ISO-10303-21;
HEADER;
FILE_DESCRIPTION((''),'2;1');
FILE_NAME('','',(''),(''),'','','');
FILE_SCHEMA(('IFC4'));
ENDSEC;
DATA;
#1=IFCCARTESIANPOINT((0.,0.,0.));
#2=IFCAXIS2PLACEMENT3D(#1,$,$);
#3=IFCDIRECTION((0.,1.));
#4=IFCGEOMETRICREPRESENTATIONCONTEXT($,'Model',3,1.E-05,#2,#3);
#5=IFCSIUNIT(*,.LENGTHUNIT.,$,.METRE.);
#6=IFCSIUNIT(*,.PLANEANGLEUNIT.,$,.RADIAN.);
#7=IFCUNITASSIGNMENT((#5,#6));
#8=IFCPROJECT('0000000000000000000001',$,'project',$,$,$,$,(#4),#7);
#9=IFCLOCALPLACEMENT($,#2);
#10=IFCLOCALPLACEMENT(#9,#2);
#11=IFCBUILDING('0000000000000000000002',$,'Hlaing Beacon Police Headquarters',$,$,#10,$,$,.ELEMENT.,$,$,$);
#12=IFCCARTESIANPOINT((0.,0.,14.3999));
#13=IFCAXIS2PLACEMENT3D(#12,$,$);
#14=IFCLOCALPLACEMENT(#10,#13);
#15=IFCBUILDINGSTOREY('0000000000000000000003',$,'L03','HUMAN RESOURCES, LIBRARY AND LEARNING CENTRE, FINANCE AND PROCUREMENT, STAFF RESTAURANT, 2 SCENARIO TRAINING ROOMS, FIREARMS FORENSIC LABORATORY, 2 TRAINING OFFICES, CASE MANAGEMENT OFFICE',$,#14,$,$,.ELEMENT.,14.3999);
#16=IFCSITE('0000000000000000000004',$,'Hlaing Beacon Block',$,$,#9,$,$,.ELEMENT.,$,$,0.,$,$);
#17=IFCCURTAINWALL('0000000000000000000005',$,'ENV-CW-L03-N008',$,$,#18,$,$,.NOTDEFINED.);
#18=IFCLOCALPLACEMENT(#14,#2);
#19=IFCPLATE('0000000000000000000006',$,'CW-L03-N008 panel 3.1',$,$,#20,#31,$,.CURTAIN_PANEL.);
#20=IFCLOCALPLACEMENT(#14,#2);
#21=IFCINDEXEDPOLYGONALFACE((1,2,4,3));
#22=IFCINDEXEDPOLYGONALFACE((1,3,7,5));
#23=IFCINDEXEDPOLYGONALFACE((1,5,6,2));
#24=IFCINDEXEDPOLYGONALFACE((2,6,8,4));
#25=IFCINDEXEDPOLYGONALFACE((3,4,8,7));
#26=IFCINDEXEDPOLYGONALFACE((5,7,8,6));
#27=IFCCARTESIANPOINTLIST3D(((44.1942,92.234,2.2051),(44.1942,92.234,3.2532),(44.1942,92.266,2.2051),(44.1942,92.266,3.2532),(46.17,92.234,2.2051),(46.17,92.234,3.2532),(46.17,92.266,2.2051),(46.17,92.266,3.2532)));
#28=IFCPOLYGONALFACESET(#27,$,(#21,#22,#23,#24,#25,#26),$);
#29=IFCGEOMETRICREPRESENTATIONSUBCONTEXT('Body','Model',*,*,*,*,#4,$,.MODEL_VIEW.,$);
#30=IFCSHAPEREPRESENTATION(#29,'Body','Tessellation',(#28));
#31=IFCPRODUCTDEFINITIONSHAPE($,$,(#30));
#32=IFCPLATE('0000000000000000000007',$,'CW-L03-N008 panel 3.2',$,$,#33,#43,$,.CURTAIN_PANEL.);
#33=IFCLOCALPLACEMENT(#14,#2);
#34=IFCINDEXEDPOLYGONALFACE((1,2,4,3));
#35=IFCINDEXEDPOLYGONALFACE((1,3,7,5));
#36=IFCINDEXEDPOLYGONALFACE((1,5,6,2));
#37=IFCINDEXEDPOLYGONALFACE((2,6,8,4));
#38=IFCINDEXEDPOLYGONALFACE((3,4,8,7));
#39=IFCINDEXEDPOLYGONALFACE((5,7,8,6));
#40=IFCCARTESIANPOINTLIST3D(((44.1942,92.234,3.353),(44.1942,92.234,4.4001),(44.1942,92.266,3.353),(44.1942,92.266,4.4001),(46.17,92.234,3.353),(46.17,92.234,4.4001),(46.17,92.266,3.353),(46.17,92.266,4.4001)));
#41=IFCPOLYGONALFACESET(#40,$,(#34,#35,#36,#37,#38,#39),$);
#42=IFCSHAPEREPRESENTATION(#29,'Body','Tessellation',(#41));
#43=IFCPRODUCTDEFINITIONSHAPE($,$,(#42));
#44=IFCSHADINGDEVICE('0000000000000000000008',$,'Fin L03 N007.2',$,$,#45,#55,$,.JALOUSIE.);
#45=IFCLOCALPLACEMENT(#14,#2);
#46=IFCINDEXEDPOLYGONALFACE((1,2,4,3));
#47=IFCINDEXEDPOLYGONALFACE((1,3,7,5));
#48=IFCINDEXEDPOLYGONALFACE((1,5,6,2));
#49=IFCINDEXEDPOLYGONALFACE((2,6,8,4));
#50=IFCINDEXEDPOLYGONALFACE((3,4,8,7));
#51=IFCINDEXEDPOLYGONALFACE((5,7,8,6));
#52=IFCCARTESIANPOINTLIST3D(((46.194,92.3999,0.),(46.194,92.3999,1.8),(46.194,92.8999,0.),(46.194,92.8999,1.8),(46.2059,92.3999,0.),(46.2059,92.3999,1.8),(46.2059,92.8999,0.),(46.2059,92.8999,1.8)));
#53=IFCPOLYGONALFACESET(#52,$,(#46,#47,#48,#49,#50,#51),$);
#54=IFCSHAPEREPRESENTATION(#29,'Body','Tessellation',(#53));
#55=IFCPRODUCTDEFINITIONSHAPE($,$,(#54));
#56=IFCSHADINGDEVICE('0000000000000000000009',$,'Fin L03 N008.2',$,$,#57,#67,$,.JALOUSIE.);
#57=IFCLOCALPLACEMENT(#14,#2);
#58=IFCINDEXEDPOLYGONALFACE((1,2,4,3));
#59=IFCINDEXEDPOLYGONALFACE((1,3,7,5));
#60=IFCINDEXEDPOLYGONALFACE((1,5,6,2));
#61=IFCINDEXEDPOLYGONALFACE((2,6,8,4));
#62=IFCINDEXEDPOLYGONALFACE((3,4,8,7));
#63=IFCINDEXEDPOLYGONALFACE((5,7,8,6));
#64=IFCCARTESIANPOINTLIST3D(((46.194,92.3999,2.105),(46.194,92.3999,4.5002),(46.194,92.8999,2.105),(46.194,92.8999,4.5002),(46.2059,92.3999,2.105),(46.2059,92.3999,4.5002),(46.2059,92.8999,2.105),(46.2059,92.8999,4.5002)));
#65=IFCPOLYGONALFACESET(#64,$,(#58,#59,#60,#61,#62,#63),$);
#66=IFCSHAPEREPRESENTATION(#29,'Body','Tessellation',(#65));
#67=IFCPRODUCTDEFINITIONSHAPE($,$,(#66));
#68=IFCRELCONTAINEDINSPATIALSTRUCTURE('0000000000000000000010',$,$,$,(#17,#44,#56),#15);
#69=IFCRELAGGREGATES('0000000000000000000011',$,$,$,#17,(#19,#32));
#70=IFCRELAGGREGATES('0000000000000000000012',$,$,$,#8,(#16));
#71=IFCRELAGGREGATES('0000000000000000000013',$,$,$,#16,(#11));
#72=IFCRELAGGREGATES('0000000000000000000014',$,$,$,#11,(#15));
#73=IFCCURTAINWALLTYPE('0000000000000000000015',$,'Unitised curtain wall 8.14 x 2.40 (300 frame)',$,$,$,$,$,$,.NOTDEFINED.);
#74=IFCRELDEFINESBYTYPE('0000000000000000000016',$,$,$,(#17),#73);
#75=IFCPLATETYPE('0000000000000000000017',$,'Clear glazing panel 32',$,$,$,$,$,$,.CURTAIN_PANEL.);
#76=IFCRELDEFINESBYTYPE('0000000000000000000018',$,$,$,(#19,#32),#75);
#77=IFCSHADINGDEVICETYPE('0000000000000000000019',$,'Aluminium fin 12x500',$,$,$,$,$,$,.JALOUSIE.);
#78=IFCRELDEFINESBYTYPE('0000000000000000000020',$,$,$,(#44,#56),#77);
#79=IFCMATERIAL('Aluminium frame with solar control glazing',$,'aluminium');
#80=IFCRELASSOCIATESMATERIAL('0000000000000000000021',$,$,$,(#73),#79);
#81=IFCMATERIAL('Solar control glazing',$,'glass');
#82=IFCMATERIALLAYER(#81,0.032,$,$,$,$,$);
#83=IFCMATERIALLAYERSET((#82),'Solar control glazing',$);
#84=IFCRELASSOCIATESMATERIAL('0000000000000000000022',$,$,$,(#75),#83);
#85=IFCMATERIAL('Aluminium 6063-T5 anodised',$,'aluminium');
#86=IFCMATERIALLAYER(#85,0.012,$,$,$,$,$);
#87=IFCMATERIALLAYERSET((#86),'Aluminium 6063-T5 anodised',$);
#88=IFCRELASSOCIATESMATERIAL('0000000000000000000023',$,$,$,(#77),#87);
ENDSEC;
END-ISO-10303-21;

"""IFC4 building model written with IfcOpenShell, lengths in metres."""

from ifc_helpers import new_model, si_unit, direction, frame, origin, origin_2d, place, context, subcontext, project, spatial, rectangle, extrude, material, layer, layer_set, type_object, element, aggregate, save


model = new_model("IFC4")

# Units and contexts
model_context = context("Model", 3, precision=1e-05, world=origin(), true_north=direction((0.0, 1.0)))
body_context = subcontext(model_context, "Body", "Model", "MODEL_VIEW")
ifc_project = project(units=[si_unit("LENGTHUNIT", "METRE"), si_unit("PLANEANGLEUNIT", "RADIAN")], contexts=[model_context])

# Site, building, storey
site_placement = place(None, origin())
site = spatial("IfcSite", under=ifc_project, at=site_placement, Name="Hlaing Beacon Block", CompositionType="ELEMENT", RefElevation=0.0)
building_placement = place(site_placement, origin())
building = spatial("IfcBuilding", under=site, at=building_placement, Name="Hlaing Beacon Police Headquarters", CompositionType="ELEMENT")
storey_placement = place(building_placement, frame((0.0, 0.0, 14.3999)))
storey = spatial("IfcBuildingStorey", under=building, at=storey_placement, Name="L03", Description="HUMAN RESOURCES, LIBRARY AND LEARNING CENTRE, FINANCE AND PROCUREMENT, STAFF RESTAURANT, 2 SCENARIO TRAINING ROOMS, FIREARMS FORENSIC LABORATORY, 2 TRAINING OFFICES, CASE MANAGEMENT OFFICE", CompositionType="ELEMENT", Elevation=14.3999)

# Curtain wall
ifc_material_1 = material(Name="Aluminium frame with solar control glazing", Category="aluminium")
curtain_wall_type_1 = type_object("IfcCurtainWallType", Name="Unitised curtain wall 8.14 x 2.40 (300 frame)", PredefinedType="NOTDEFINED", material=ifc_material_1)
curtain_wall_1_placement = place(storey_placement, origin())
curtain_wall_1 = element("IfcCurtainWall", 1, at=curtain_wall_1_placement, inside=storey, type_object=curtain_wall_type_1, Name="ENV-CW-L03-N008", PredefinedType="NOTDEFINED")

# Plates
ifc_material_2 = material(Name="Solar control glazing", Category="glass")
ifc_layer_1 = layer(ifc_material_2, 0.032)
ifc_layer_set_1 = layer_set([ifc_layer_1], Name="Solar control glazing")
plate_type_1 = type_object("IfcPlateType", Name="Clear glazing panel 32", PredefinedType="CURTAIN_PANEL", material=ifc_layer_set_1)
plate_1_placement = place(storey_placement, frame((45.1821, 92.25, 2.2051), z_axis=(0.0, 0.0, 1.0), x_axis=(-1.0, 0.0, 0.0)))
plate_1 = element("IfcPlate", 2, at=plate_1_placement, type_object=plate_type_1, Name="CW-L03-N008 panel 3.1", PredefinedType="CURTAIN_PANEL", context=body_context, shape_type="SweptSolid", body=[
    extrude(rectangle(XDim=1.9758, YDim=0.032, at=origin_2d()), origin(), (0.0, 0.0, 1.0), 1.0481),
])
plate_2_placement = place(storey_placement, frame((45.1821, 92.25, 3.353), z_axis=(0.0, 0.0, 1.0), x_axis=(-1.0, 0.0, 0.0)))
plate_2 = element("IfcPlate", 3, at=plate_2_placement, type_object=plate_type_1, Name="CW-L03-N008 panel 3.2", PredefinedType="CURTAIN_PANEL", context=body_context, shape_type="SweptSolid", body=[
    extrude(rectangle(XDim=1.9758, YDim=0.032, at=origin_2d()), origin(), (0.0, 0.0, 1.0), 1.0471),
])
aggregate(curtain_wall_1, [plate_1, plate_2])

# Shading devices
ifc_material_3 = material(Name="Aluminium 6063-T5 anodised", Category="aluminium")
ifc_layer_2 = layer(ifc_material_3, 0.012)
ifc_layer_set_2 = layer_set([ifc_layer_2], Name="Aluminium 6063-T5 anodised")
shading_device_type = type_object("IfcShadingDeviceType", Name="Aluminium fin 12x500", PredefinedType="JALOUSIE", material=ifc_layer_set_2)
shading_device_1_placement = place(storey_placement, frame((46.2, 92.6499, 0.0), z_axis=(0.0, 0.0, 1.0), x_axis=(-1.0, 0.0, 0.0)))
element("IfcShadingDevice", 4, at=shading_device_1_placement, inside=storey, type_object=shading_device_type, Name="Fin L03 N007.2", PredefinedType="JALOUSIE", context=body_context, shape_type="SweptSolid", body=[
    extrude(rectangle(XDim=0.012, YDim=0.5, at=origin_2d()), origin(), (0.0, 0.0, 1.0), 1.8),
])
shading_device_2_placement = place(storey_placement, frame((46.2, 92.6499, 2.105), z_axis=(0.0, 0.0, 1.0), x_axis=(-1.0, 0.0, 0.0)))
element("IfcShadingDevice", 5, at=shading_device_2_placement, inside=storey, type_object=shading_device_type, Name="Fin L03 N008.2", PredefinedType="JALOUSIE", context=body_context, shape_type="SweptSolid", body=[
    extrude(rectangle(XDim=0.012, YDim=0.5, at=origin_2d()), origin(), (0.0, 0.0, 1.0), 2.3953),
])

save(model, "model.ifc")
